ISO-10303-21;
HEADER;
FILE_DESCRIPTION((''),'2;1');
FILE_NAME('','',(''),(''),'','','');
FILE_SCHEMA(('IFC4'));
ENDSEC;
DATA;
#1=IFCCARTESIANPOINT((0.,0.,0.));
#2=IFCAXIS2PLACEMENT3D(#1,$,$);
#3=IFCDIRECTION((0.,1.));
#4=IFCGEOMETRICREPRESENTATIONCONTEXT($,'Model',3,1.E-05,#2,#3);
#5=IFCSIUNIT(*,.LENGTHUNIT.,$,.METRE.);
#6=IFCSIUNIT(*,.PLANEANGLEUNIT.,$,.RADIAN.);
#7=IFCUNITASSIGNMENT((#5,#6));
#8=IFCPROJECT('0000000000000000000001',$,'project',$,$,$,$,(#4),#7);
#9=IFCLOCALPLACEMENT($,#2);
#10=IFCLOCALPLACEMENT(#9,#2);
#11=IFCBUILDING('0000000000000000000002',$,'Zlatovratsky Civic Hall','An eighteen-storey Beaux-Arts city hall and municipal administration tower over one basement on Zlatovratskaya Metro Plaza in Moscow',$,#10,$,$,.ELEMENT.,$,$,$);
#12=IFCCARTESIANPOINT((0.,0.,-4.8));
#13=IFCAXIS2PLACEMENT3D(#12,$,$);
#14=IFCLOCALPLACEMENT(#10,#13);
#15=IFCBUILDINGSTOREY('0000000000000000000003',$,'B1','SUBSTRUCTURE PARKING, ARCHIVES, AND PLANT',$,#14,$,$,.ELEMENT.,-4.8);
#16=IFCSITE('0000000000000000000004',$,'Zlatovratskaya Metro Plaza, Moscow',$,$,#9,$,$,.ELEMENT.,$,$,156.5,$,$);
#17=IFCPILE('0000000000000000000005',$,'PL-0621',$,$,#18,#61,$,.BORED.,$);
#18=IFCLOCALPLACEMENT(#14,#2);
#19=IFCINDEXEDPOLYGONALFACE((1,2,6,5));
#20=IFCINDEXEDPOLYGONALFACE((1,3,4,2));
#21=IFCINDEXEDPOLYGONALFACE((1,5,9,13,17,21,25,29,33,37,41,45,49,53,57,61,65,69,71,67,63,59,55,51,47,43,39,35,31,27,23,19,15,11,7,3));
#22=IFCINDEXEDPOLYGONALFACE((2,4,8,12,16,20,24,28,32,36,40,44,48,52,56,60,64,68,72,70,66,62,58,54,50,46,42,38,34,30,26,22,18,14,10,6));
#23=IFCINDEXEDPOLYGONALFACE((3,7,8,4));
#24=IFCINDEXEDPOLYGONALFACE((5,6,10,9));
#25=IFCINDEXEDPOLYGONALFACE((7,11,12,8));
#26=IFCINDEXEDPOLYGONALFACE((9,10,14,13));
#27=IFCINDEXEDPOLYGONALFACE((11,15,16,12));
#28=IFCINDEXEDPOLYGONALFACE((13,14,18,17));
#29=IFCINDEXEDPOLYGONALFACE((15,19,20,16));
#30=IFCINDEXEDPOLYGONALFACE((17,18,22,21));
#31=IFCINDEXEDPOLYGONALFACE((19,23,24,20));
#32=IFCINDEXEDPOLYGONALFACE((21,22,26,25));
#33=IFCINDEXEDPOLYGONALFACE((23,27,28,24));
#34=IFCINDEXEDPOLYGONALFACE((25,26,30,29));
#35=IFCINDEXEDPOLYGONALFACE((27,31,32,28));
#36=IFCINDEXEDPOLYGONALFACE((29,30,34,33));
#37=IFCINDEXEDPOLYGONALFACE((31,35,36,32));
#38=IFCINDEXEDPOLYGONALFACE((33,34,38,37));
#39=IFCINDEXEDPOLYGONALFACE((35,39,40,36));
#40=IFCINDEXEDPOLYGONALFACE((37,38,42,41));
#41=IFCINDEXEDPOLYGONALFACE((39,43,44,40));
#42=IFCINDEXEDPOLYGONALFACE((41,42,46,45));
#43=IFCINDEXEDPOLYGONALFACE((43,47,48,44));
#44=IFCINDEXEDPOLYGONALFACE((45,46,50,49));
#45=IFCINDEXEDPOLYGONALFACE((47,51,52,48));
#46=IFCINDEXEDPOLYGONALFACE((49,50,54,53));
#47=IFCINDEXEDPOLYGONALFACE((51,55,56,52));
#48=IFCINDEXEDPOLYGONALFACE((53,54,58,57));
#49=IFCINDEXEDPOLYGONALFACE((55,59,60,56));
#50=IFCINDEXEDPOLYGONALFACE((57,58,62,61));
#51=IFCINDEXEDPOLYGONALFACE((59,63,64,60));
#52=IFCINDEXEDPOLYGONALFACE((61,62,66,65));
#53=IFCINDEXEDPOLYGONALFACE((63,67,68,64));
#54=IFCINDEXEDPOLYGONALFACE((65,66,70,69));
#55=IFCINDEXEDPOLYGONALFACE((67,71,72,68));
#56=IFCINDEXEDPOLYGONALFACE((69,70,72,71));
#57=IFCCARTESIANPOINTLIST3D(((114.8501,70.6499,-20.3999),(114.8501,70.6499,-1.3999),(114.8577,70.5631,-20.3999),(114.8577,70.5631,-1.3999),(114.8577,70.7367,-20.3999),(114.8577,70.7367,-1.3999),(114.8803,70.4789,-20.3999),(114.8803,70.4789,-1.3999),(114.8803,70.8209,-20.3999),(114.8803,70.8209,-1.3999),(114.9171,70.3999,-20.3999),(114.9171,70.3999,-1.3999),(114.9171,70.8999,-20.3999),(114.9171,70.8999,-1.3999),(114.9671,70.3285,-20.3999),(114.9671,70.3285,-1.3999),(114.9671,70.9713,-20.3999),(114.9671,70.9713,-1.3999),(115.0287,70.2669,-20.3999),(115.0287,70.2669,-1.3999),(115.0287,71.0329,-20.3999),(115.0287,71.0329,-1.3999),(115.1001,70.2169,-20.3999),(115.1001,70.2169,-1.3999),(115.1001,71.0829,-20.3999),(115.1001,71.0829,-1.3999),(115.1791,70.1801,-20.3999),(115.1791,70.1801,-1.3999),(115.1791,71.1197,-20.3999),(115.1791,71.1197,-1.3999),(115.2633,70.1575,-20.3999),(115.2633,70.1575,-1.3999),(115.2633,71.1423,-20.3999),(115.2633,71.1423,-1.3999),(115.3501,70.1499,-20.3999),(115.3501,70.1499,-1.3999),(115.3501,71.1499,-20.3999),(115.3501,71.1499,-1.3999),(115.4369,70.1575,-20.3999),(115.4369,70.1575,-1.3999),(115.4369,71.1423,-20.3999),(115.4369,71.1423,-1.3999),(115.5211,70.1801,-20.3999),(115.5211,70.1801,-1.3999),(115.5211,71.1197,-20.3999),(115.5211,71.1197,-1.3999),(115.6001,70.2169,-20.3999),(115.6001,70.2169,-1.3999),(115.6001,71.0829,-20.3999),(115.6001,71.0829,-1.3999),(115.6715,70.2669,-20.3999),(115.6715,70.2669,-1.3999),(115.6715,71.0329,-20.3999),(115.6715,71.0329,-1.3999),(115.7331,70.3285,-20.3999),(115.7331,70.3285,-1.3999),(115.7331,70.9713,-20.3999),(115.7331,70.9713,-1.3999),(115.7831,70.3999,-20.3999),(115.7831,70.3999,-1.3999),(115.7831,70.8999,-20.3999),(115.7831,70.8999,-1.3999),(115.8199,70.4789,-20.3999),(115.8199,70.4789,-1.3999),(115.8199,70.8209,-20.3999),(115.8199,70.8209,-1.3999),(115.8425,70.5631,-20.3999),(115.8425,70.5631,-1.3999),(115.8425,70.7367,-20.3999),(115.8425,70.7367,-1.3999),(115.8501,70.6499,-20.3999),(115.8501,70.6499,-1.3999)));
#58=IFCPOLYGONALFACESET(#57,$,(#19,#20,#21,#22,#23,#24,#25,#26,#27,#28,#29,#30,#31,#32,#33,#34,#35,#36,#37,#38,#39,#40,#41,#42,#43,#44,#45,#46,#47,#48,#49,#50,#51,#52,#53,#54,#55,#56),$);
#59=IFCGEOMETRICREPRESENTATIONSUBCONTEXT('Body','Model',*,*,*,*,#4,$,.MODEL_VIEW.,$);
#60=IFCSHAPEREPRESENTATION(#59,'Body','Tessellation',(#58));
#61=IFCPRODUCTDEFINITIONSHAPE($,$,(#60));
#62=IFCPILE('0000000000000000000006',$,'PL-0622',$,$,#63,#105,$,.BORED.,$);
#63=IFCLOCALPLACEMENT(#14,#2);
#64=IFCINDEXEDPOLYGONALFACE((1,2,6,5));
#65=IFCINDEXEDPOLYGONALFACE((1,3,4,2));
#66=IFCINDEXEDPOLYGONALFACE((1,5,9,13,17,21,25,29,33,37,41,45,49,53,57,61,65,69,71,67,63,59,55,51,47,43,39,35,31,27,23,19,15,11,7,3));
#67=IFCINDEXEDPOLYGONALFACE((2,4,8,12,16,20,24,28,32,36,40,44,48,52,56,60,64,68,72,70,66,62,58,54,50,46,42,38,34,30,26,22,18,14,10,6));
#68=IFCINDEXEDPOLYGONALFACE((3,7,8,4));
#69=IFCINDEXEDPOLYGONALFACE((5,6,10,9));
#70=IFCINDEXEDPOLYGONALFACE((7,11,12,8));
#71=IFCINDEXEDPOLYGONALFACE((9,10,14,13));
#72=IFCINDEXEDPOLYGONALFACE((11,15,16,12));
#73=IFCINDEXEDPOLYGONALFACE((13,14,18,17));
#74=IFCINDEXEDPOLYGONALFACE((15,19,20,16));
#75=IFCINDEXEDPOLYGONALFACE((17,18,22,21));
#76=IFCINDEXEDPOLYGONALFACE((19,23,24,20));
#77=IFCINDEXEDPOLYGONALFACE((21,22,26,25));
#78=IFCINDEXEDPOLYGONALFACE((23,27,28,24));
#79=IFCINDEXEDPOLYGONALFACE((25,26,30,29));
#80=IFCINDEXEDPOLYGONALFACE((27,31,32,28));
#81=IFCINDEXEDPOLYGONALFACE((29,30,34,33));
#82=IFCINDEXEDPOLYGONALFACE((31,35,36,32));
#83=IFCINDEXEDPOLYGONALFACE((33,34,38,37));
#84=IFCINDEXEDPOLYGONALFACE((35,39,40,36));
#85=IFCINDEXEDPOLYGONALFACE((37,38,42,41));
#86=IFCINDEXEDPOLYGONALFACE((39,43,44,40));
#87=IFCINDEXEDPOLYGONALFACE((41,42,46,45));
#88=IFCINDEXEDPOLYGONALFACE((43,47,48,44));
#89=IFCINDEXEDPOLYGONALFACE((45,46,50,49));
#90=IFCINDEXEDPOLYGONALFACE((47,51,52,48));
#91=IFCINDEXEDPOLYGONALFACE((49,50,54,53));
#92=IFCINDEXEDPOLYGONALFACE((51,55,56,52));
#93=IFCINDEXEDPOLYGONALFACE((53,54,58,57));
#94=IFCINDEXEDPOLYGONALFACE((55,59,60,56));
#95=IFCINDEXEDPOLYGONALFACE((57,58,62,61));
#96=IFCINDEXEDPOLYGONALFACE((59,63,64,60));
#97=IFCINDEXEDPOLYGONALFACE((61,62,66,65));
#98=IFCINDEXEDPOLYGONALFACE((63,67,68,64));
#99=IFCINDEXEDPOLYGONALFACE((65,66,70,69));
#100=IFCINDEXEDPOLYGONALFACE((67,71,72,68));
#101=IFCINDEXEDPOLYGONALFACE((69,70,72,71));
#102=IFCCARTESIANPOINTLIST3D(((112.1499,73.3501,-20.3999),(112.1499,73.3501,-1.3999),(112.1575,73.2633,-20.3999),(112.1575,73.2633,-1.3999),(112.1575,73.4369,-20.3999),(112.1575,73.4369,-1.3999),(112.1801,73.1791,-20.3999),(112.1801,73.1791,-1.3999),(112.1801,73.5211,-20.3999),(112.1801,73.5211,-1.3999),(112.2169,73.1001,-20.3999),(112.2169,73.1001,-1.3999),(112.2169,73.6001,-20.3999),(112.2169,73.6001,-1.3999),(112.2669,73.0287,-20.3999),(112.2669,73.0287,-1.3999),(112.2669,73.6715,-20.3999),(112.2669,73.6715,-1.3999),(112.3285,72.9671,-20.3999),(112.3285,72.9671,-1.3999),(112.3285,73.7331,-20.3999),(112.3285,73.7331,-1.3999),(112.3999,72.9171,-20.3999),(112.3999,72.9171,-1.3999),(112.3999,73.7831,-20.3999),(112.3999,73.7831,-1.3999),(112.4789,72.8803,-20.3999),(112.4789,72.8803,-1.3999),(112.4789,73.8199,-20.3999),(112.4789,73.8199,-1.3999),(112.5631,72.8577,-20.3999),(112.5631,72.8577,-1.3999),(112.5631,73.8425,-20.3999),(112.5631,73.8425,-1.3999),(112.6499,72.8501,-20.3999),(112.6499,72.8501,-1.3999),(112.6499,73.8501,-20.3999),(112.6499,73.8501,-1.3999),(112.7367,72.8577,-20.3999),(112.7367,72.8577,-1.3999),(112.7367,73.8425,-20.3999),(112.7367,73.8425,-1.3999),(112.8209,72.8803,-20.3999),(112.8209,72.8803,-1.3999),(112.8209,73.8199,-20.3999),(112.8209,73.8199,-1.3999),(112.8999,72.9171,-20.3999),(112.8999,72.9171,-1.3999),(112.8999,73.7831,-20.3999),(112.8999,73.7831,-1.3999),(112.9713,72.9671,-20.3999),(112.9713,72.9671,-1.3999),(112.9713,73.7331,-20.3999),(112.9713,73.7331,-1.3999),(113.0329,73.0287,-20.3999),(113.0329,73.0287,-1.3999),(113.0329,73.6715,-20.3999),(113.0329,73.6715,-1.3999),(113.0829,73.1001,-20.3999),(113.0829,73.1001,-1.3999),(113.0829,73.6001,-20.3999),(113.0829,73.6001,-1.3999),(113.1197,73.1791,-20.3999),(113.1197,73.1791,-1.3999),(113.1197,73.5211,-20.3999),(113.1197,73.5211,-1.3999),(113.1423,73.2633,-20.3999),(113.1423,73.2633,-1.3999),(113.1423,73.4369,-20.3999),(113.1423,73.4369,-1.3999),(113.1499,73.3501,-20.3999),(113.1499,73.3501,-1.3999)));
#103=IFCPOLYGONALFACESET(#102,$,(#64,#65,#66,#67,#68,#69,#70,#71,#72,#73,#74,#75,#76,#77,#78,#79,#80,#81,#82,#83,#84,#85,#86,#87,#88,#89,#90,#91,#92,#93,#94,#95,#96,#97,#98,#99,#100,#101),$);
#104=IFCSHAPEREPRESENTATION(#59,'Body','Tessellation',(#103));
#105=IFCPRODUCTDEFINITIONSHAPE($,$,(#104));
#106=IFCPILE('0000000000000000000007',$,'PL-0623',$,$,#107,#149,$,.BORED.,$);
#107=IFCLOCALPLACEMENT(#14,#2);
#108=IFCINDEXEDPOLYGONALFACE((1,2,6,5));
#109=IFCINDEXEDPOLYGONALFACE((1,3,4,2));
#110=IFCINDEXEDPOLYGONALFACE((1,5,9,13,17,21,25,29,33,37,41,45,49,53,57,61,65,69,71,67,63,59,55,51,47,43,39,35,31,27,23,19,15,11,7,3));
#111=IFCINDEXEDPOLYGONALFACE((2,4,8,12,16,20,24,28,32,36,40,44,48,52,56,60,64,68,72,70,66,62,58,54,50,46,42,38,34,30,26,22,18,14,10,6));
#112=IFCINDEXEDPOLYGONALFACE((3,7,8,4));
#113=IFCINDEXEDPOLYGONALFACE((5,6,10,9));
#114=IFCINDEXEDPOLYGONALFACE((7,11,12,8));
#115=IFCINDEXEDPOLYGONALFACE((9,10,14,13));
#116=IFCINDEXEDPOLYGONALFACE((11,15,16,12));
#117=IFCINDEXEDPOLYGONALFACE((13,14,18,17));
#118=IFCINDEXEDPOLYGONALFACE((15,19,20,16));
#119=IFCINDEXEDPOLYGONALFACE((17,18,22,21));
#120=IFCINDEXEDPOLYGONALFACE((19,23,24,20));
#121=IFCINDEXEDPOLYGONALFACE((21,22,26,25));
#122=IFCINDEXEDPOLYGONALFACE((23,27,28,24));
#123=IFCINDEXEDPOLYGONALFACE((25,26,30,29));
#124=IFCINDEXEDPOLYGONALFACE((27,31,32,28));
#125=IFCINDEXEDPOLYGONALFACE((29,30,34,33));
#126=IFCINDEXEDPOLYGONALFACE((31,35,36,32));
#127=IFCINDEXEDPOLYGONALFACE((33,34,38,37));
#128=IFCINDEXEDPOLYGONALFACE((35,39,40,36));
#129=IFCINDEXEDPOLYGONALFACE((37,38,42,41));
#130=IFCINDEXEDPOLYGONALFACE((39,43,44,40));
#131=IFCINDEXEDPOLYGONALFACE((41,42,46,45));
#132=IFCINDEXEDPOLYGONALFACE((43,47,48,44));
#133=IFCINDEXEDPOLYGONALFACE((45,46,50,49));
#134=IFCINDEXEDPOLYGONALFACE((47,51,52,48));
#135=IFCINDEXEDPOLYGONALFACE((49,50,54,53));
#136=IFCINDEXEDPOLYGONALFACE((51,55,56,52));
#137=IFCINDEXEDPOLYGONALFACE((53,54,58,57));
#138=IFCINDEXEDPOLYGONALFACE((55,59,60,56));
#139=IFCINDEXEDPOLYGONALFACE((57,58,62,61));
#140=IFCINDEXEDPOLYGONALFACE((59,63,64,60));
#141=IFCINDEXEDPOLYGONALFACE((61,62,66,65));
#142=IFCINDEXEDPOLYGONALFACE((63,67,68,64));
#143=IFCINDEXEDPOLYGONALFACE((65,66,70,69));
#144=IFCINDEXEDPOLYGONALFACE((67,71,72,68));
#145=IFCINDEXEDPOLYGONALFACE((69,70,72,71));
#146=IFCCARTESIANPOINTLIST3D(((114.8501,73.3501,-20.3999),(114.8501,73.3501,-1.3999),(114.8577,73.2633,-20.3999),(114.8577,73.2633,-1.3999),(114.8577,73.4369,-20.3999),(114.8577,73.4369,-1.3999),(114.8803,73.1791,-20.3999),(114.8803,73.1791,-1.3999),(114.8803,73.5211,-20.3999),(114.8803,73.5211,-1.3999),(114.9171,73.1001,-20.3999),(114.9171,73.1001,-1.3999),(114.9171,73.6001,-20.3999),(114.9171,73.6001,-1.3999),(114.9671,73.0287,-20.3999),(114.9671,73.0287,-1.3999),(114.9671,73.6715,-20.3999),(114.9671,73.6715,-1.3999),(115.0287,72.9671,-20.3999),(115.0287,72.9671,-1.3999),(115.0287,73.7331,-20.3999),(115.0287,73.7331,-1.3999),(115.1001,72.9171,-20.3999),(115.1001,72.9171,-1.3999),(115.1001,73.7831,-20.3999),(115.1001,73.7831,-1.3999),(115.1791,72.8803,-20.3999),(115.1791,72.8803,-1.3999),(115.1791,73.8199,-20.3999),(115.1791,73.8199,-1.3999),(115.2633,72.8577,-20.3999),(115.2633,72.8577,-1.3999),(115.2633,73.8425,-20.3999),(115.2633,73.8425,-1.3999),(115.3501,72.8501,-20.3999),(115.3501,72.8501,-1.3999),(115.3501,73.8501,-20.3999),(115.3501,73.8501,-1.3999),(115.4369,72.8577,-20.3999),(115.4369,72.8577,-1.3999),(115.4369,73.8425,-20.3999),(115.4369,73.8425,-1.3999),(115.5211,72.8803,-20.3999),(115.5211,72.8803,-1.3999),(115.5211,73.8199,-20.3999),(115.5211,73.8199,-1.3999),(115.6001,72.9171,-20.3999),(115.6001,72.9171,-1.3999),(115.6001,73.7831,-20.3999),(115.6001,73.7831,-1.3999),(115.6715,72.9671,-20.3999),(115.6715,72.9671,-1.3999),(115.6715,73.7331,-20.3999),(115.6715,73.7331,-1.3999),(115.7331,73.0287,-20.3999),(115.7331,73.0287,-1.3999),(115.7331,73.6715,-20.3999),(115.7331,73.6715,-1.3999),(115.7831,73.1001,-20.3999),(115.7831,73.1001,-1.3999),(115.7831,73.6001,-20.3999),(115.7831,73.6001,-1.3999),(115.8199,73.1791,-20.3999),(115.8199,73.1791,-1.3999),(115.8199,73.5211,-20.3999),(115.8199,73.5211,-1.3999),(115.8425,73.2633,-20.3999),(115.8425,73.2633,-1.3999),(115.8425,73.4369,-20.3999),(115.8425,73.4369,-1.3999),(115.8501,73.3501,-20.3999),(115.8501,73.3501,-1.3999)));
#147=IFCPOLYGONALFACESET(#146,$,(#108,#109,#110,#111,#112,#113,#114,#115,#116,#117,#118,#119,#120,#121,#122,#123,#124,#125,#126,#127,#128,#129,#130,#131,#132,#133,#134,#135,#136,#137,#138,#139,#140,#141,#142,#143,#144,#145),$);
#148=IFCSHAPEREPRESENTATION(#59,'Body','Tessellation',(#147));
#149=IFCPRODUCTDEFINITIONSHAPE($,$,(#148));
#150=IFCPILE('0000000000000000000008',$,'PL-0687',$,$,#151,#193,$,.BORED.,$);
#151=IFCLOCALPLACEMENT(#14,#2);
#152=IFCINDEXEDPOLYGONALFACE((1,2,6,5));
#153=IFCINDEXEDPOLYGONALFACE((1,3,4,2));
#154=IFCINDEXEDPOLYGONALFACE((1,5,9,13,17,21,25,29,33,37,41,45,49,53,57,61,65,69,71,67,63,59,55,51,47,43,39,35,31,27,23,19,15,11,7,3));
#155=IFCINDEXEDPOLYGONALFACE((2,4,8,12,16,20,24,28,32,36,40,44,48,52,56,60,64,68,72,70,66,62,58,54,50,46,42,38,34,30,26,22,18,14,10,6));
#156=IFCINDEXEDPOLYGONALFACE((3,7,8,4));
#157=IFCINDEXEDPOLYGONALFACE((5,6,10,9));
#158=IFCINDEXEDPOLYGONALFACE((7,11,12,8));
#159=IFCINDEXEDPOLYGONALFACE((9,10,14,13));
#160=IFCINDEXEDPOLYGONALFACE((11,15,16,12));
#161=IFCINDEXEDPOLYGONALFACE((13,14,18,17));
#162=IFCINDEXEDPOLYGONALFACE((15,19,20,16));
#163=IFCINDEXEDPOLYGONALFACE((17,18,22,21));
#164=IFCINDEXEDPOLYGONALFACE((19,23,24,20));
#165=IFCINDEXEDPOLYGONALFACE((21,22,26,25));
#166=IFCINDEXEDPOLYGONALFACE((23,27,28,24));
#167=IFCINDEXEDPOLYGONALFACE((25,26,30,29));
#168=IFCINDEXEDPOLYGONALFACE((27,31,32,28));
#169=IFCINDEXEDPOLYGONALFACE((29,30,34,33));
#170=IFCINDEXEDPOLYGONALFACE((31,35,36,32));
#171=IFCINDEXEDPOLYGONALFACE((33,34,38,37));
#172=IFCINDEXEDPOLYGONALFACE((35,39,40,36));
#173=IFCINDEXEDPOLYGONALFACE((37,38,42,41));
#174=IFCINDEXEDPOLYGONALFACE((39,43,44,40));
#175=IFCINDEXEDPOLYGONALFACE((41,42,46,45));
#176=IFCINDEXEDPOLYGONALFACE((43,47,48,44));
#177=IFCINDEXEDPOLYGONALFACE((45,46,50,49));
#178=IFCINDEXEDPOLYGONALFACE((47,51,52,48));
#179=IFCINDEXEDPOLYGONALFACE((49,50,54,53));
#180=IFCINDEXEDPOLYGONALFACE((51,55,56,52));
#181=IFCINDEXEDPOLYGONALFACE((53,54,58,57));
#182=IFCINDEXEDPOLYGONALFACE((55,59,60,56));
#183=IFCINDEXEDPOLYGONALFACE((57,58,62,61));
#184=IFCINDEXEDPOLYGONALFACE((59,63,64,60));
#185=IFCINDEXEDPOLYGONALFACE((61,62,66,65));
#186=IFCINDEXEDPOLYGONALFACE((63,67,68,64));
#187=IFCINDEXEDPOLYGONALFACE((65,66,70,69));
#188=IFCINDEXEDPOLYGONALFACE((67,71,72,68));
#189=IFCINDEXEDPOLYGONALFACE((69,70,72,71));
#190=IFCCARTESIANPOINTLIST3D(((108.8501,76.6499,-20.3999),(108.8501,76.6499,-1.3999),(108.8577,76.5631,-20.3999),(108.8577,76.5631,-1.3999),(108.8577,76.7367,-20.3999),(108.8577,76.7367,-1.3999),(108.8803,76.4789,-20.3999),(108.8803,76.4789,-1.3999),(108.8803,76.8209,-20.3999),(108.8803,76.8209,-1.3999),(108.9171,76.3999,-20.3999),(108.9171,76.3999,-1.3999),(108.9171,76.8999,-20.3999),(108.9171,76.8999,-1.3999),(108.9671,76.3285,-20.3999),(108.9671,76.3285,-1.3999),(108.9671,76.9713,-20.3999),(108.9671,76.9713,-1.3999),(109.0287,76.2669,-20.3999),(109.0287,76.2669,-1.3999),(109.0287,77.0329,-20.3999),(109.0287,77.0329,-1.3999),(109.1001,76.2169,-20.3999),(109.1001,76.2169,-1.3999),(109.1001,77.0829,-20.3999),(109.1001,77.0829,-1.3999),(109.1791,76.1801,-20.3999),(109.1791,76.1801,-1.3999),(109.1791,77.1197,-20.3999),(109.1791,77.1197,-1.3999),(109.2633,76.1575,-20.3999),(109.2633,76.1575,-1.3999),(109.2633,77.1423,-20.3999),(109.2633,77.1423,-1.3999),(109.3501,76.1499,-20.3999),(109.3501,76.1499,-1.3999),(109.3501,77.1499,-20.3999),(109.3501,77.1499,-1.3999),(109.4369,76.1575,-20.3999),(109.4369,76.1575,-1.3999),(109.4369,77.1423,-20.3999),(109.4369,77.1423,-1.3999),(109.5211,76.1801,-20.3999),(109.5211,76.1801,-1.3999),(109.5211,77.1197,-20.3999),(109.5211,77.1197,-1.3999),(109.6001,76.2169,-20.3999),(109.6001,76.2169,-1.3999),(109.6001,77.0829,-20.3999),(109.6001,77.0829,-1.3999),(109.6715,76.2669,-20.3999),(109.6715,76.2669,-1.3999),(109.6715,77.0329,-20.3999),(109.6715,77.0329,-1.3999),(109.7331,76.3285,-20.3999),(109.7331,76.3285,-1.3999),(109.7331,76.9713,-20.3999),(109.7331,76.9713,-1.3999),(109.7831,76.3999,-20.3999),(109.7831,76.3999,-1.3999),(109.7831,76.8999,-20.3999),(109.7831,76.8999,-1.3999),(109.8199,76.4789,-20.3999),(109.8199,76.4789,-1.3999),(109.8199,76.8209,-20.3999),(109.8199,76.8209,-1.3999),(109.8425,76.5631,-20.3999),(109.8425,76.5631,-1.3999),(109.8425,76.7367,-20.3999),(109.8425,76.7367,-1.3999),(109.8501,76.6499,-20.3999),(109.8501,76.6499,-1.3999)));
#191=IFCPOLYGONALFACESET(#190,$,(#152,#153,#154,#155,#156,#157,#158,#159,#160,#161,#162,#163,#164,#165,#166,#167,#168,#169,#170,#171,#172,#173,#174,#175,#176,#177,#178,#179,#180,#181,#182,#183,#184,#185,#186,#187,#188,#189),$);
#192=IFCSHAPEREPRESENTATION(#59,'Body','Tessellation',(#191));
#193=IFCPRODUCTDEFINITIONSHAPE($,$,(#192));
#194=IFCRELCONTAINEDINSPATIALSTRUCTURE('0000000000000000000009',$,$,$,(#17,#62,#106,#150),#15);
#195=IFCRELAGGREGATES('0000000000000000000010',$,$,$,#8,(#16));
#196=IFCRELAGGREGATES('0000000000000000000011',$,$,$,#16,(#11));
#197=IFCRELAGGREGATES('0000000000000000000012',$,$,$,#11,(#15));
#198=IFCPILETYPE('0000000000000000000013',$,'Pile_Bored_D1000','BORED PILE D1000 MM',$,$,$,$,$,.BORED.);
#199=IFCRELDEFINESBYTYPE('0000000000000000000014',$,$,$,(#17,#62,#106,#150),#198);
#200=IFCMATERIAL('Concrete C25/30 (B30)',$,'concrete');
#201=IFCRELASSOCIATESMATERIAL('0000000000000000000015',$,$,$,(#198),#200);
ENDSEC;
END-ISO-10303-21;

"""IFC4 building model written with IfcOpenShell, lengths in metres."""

from ifc_helpers import new_model, si_unit, direction, frame, origin, origin_2d, place, context, subcontext, project, spatial, circle, extrude, material, material_profile, profile_set, type_object, element, save


model = new_model("IFC4")

# Units and contexts
model_context = context("Model", 3, precision=1e-05, world=origin(), true_north=direction((0.0, 1.0)))
body_context = subcontext(model_context, "Body", "Model", "MODEL_VIEW")
ifc_project = project(units=[si_unit("LENGTHUNIT", "METRE"), si_unit("PLANEANGLEUNIT", "RADIAN")], contexts=[model_context])

# Site, building, storey
site_placement = place(None, origin())
site = spatial("IfcSite", under=ifc_project, at=site_placement, Name="Zlatovratskaya Metro Plaza, Moscow", CompositionType="ELEMENT", RefElevation=156.5)
building_placement = place(site_placement, origin())
building = spatial("IfcBuilding", under=site, at=building_placement, Name="Zlatovratsky Civic Hall", Description="An eighteen-storey Beaux-Arts city hall and municipal administration tower over one basement on Zlatovratskaya Metro Plaza in Moscow", CompositionType="ELEMENT")
storey_placement = place(building_placement, frame((0.0, 0.0, -4.8)))
storey = spatial("IfcBuildingStorey", under=building, at=storey_placement, Name="B1", Description="SUBSTRUCTURE PARKING, ARCHIVES, AND PLANT", CompositionType="ELEMENT", Elevation=-4.8)

# Shared definitions
ifc_material_1 = material(Name="Concrete C25/30 (B30)", Category="concrete")

# Piles
ifc_material_profile_1 = material_profile(ifc_material_1, circle(Radius=0.5, at=origin_2d()), Name="PILE D1000")
ifc_profile_set_1 = profile_set([ifc_material_profile_1], Name="Concrete C25/30 (B30)")
pile_type_1 = type_object("IfcPileType", Name="Pile_Bored_D1000", Description="BORED PILE D1000 MM", PredefinedType="BORED", material=ifc_profile_set_1)
for number, where, z_axis, x_axis, name in (
    (1, (115.3501, 70.6499, -1.3999), (0.0, 0.0, -1.0), (1.0, 0.0, 0.0), "PL-0621"),
    (2, (112.6499, 73.3501, -1.3999), (0.0, 0.0, -1.0), (1.0, 0.0, 0.0), "PL-0622"),
    (3, (115.3501, 73.3501, -1.3999), (0.0, 0.0, -1.0), (1.0, 0.0, 0.0), "PL-0623"),
    (4, (109.3501, 76.6499, -1.3999), (0.0, 0.0, -1.0), (1.0, 0.0, 0.0), "PL-0687"),
):
    element("IfcPile", number, at=place(storey_placement, frame(where, z_axis=z_axis, x_axis=x_axis)), inside=storey, type_object=pile_type_1, Name=name, PredefinedType="BORED", context=body_context, shape_type="SweptSolid", body=[
        extrude(circle(Radius=0.5, at=origin_2d()), origin(), (0.0, 0.0, 1.0), 19.0),
    ])

save(model, "model.ifc")
